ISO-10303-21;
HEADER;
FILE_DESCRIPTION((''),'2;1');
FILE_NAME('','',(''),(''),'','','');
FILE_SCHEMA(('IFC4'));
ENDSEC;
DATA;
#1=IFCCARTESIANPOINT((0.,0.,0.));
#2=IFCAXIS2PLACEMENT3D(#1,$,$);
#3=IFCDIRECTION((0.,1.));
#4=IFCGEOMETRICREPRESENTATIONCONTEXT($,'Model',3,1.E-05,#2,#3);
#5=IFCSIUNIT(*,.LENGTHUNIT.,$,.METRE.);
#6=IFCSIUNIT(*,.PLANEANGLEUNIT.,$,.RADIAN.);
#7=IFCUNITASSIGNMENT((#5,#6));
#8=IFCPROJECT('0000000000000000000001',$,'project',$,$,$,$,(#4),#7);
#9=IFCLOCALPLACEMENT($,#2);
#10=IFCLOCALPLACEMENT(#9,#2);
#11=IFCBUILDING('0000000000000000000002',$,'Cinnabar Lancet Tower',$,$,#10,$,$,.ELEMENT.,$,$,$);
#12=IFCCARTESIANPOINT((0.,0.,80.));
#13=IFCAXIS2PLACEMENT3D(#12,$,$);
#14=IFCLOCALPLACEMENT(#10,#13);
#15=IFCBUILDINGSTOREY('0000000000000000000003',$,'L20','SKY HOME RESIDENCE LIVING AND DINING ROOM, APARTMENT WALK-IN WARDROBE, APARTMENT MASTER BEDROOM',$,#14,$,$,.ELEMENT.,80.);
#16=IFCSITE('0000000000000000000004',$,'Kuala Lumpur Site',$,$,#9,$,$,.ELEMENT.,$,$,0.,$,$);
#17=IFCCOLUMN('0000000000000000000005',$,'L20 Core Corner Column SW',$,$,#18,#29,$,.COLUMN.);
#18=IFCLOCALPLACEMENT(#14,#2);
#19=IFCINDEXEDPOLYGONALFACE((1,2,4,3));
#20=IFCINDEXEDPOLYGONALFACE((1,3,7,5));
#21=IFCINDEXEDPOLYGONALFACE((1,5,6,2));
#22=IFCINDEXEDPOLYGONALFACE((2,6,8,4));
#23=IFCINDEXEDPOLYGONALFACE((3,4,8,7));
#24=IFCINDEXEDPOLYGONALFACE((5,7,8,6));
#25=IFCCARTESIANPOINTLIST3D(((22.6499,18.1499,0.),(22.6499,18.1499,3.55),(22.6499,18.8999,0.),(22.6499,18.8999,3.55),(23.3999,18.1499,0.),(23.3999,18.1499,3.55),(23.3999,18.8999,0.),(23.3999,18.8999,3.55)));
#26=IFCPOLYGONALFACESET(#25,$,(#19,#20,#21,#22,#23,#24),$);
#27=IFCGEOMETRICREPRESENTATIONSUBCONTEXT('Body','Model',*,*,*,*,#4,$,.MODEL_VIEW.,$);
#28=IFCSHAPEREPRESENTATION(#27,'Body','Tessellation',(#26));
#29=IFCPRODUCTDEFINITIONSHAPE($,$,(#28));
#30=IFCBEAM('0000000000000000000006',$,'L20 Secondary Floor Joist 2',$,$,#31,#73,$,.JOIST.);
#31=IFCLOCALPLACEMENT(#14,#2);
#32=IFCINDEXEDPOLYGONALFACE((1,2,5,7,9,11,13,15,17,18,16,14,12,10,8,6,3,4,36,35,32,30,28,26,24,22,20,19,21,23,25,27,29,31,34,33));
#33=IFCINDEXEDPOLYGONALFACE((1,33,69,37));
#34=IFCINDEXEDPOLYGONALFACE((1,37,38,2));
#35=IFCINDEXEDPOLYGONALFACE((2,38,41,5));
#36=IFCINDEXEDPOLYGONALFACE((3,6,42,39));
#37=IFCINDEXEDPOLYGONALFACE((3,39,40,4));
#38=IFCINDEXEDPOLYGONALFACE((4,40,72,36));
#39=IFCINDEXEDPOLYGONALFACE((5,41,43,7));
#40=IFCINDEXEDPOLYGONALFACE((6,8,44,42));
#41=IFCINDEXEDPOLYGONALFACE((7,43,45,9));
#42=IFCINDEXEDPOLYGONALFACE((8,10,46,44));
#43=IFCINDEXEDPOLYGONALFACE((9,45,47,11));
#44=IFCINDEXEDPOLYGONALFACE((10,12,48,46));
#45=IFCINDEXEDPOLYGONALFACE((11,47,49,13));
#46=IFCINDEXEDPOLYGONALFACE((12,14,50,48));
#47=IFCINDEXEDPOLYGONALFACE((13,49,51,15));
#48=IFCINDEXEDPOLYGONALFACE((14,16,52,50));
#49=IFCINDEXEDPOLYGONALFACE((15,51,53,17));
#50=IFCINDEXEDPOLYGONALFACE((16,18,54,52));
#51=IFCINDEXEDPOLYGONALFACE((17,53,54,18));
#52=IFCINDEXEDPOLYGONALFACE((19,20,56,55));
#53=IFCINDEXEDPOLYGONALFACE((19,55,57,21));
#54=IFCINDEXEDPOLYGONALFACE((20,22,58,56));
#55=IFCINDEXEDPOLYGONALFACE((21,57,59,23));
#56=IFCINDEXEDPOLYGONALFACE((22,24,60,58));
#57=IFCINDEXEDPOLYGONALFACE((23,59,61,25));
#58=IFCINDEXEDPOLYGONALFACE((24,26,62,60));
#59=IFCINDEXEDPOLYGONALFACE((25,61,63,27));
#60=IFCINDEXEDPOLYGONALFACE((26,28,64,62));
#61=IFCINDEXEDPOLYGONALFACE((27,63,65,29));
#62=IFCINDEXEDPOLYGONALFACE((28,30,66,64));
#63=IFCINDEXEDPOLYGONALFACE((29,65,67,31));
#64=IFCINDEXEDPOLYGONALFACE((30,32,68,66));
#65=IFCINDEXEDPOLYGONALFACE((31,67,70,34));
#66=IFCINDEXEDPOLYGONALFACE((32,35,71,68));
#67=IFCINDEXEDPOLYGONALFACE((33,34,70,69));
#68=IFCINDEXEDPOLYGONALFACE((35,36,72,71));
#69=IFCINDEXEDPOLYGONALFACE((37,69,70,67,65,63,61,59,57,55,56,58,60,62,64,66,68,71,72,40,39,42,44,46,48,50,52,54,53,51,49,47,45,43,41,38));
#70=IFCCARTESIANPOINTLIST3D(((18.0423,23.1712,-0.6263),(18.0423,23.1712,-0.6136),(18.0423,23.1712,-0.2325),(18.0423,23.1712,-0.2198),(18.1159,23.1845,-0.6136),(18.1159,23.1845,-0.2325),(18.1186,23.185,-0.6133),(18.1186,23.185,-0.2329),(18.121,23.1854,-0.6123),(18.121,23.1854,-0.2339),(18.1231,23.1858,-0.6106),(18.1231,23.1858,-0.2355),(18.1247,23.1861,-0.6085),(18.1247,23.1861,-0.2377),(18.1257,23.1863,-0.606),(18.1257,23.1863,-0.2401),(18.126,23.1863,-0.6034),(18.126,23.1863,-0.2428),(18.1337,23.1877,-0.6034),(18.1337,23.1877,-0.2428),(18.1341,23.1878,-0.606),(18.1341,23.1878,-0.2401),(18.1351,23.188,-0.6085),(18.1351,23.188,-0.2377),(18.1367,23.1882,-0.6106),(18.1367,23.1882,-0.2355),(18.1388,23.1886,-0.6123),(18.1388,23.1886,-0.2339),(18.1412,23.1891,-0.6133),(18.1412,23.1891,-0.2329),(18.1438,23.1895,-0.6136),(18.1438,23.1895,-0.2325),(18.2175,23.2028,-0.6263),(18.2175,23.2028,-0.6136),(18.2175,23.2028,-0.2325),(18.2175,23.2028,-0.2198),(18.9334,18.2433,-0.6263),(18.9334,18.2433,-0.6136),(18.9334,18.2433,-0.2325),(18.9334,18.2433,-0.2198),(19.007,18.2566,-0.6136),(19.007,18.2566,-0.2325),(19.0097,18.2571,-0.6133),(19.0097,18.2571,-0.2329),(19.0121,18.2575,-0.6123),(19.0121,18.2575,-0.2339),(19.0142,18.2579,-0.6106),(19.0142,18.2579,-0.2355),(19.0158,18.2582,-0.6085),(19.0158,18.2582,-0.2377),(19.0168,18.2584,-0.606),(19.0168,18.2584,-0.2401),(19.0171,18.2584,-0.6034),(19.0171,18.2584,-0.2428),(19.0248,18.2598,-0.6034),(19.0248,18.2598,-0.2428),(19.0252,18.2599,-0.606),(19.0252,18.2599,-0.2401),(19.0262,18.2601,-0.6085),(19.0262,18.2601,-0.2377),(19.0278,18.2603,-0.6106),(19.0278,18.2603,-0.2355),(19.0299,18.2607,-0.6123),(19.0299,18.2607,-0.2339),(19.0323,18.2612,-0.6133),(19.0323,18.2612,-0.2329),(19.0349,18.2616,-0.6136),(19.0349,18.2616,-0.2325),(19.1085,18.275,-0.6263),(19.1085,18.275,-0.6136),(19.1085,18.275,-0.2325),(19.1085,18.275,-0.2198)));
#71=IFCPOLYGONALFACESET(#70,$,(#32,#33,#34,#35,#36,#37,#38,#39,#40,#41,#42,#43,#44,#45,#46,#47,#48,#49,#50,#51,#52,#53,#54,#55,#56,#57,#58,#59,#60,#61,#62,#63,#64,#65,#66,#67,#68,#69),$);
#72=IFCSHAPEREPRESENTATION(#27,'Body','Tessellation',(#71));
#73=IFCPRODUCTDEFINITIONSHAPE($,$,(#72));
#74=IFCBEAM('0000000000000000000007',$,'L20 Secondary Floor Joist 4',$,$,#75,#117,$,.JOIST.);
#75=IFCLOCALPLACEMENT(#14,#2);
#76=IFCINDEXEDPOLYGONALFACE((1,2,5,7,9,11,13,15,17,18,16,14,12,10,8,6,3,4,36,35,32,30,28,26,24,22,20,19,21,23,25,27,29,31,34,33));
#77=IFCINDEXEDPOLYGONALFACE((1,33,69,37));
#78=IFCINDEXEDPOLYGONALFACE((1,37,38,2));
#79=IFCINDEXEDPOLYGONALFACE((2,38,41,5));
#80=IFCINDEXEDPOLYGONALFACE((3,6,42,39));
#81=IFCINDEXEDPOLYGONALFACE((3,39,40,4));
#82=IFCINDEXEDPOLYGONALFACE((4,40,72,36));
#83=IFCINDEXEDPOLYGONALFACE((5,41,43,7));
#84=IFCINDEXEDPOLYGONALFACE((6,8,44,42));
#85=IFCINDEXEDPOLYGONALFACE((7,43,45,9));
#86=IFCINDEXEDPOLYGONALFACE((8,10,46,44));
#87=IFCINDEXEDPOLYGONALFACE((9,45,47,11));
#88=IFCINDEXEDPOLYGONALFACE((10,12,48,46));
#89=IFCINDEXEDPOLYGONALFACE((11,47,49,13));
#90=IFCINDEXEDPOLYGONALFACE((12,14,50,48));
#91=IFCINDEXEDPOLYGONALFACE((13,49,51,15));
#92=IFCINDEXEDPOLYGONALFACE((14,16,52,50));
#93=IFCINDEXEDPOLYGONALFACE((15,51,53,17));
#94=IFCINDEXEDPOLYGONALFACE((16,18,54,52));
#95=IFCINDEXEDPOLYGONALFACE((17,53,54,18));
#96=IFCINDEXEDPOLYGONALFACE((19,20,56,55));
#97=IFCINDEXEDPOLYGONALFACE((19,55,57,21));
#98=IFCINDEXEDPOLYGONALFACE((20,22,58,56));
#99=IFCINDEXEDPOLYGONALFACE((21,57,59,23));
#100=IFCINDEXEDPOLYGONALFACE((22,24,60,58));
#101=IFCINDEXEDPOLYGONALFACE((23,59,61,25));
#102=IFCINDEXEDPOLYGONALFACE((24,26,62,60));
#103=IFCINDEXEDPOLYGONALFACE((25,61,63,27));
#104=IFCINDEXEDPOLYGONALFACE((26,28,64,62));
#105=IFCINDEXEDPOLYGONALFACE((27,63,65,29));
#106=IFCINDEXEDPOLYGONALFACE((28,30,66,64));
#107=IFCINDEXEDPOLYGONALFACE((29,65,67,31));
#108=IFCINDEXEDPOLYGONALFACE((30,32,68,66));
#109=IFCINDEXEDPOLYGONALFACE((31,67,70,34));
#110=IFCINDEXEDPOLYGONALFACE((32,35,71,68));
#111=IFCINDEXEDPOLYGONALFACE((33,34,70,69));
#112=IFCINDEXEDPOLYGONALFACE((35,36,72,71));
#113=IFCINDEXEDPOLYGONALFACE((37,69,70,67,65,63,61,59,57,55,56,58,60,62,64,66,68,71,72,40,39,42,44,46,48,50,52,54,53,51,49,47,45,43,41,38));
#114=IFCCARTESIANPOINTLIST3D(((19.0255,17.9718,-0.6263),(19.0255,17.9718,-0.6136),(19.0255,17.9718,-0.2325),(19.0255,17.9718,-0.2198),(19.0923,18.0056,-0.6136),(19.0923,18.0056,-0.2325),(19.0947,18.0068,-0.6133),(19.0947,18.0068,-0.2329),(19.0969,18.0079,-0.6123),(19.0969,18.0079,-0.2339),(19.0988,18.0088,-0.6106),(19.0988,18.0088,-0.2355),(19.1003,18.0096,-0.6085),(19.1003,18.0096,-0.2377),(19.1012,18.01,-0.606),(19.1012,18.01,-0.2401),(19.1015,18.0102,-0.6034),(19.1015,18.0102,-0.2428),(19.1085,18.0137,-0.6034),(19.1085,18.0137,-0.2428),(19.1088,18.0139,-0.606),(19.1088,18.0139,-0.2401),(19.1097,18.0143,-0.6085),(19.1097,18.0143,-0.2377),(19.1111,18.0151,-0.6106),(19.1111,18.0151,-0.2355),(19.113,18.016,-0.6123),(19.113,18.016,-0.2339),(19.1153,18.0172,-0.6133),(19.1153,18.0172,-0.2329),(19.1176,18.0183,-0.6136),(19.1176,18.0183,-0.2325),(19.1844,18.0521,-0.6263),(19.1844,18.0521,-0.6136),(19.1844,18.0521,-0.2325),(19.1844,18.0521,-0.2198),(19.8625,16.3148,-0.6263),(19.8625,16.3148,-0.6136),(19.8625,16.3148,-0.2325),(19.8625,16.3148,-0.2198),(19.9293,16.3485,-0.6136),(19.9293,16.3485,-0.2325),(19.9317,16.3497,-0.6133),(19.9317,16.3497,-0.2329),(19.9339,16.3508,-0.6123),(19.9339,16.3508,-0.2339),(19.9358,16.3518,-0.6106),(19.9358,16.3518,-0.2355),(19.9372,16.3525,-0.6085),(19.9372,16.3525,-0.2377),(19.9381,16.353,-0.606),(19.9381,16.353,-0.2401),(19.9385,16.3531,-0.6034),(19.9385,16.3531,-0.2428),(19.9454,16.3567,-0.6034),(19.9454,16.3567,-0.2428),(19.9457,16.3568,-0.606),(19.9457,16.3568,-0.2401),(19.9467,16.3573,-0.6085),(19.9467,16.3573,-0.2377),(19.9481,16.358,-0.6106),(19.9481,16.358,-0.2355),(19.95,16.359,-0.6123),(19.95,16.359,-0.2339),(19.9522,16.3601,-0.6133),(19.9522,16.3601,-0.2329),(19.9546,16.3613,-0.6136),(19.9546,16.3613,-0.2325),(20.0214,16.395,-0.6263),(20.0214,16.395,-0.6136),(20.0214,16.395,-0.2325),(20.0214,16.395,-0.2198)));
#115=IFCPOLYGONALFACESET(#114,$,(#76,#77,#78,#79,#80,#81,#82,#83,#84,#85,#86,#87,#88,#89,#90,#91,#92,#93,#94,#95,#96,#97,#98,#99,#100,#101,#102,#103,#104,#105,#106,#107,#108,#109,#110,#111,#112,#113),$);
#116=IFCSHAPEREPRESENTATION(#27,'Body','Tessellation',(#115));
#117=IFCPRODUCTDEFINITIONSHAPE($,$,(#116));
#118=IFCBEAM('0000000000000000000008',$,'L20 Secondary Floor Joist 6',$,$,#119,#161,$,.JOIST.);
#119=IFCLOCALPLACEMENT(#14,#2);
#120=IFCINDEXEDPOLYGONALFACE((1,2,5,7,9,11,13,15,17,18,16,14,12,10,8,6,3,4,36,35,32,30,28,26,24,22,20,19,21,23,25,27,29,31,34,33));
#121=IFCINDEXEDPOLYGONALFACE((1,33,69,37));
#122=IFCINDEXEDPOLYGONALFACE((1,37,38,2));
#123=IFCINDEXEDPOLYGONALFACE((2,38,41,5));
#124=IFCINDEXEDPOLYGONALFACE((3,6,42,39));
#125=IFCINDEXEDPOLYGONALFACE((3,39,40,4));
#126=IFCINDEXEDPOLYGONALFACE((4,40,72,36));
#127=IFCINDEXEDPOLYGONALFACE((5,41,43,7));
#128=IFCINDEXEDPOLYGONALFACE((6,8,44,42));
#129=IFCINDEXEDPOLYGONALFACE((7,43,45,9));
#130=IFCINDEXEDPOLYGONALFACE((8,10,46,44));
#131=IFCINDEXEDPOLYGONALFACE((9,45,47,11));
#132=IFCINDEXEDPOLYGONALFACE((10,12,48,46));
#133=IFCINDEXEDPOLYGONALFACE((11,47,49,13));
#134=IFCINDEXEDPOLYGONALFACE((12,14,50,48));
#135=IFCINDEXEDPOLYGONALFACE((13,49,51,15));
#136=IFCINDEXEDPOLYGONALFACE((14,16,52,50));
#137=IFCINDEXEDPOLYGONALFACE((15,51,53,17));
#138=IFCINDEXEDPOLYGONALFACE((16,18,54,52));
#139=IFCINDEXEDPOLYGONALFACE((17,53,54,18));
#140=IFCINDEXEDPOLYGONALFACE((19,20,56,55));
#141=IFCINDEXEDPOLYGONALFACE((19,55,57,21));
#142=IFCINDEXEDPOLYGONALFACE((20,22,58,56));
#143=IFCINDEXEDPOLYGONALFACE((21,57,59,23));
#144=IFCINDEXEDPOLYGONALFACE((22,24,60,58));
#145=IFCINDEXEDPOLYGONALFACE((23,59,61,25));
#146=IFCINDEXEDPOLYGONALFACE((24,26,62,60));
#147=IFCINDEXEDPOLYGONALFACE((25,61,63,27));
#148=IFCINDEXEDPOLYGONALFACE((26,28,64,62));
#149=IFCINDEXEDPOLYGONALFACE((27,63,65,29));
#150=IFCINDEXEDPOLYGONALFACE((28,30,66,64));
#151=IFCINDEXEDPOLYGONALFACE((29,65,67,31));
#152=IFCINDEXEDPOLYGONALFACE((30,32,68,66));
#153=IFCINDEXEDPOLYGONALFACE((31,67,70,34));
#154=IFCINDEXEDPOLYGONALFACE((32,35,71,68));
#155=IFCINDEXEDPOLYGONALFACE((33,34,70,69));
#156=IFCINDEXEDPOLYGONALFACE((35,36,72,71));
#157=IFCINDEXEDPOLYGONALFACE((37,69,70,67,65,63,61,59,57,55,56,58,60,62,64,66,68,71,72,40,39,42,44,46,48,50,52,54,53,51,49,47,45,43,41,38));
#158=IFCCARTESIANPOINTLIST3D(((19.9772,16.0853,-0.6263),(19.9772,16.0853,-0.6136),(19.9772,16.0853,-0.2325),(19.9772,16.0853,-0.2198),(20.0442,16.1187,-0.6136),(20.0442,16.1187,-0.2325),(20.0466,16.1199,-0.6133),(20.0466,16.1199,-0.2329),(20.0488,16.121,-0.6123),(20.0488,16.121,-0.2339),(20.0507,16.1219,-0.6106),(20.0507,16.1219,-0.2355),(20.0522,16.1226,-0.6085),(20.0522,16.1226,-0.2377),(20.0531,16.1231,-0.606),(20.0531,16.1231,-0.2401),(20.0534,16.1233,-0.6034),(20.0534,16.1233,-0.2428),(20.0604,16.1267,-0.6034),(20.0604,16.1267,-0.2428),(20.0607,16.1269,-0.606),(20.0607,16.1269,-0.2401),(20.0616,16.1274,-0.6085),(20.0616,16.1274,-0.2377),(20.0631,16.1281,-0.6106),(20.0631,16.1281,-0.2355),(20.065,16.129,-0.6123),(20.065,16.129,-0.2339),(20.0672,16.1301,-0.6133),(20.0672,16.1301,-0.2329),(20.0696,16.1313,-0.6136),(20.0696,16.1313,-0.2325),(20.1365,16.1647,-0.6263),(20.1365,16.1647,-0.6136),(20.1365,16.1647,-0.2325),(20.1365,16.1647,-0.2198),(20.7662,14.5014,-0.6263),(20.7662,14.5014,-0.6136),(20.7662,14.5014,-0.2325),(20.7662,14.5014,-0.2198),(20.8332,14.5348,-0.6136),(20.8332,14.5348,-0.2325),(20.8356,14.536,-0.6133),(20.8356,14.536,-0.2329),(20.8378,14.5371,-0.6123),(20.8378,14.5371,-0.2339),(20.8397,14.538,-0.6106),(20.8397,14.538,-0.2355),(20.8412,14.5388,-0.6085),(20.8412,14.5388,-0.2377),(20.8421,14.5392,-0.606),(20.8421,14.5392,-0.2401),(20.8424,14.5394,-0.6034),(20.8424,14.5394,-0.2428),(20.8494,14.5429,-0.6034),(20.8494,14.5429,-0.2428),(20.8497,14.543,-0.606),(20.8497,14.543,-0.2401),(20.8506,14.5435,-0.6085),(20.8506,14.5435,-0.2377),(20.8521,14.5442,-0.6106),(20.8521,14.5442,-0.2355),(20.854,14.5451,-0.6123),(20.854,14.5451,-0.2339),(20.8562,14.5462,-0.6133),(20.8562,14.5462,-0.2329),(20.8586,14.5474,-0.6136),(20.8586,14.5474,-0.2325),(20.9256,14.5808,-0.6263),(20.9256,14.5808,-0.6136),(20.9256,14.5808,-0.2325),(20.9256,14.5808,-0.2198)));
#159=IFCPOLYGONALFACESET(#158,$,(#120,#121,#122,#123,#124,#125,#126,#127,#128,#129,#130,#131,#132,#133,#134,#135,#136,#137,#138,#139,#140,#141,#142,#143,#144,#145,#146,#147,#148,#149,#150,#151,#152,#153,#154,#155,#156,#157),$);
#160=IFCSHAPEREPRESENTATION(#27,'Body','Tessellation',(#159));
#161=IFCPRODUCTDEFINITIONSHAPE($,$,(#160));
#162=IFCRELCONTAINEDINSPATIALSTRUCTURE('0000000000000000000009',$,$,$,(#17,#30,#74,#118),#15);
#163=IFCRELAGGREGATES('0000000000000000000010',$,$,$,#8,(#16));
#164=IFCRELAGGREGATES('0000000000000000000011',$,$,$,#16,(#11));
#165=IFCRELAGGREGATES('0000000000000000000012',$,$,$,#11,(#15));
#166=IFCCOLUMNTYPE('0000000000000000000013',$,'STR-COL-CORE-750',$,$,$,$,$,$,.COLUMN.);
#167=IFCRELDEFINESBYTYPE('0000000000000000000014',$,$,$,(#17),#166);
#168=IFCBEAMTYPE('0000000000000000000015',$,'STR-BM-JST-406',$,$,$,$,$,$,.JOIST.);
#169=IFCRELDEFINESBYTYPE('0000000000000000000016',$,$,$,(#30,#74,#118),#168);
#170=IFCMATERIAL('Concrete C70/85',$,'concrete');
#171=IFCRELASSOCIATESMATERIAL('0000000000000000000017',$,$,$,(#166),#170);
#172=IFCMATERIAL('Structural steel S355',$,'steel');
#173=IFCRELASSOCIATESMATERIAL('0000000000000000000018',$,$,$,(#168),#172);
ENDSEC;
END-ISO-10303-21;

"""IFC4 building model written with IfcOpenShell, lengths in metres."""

from ifc_helpers import new_model, si_unit, direction, frame, origin, origin_2d, place, context, subcontext, project, spatial, rectangle, i_section, extrude, material, material_profile, profile_set, type_object, element, save


model = new_model("IFC4")

# Units and contexts
model_context = context("Model", 3, precision=1e-05, world=origin(), true_north=direction((0.0, 1.0)))
body_context = subcontext(model_context, "Body", "Model", "MODEL_VIEW")
ifc_project = project(units=[si_unit("LENGTHUNIT", "METRE"), si_unit("PLANEANGLEUNIT", "RADIAN")], contexts=[model_context])

# Site, building, storey
site_placement = place(None, origin())
site = spatial("IfcSite", under=ifc_project, at=site_placement, Name="Kuala Lumpur Site", CompositionType="ELEMENT", RefElevation=0.0)
building_placement = place(site_placement, origin())
building = spatial("IfcBuilding", under=site, at=building_placement, Name="Cinnabar Lancet Tower", CompositionType="ELEMENT")
storey_placement = place(building_placement, frame((0.0, 0.0, 80.0)))
storey = spatial("IfcBuildingStorey", under=building, at=storey_placement, Name="L20", Description="SKY HOME RESIDENCE LIVING AND DINING ROOM, APARTMENT WALK-IN WARDROBE, APARTMENT MASTER BEDROOM", CompositionType="ELEMENT", Elevation=80.0)

# Column
ifc_material_1 = material(Name="Concrete C70/85", Category="concrete")
ifc_material_profile_1 = material_profile(ifc_material_1, rectangle(XDim=0.75, YDim=0.75, at=origin_2d()), Name="RC-COL 750x750")
ifc_profile_set_1 = profile_set([ifc_material_profile_1], Name="Concrete C70/85")
column_type = type_object("IfcColumnType", Name="STR-COL-CORE-750", PredefinedType="COLUMN", material=ifc_profile_set_1)
column_placement = place(storey_placement, frame((23.0249, 18.5249, 0.0), z_axis=(0.0, 0.0, 1.0), x_axis=(1.0, 0.0, 0.0)))
element("IfcColumn", 1, at=column_placement, inside=storey, type_object=column_type, Name="L20 Core Corner Column SW", PredefinedType="COLUMN", context=body_context, shape_type="SweptSolid", body=[
    extrude(rectangle(XDim=0.75, YDim=0.75, at=origin_2d()), origin(), (0.0, 0.0, 1.0), 3.55),
])

# Beams
ifc_material_2 = material(Name="Structural steel S355", Category="steel")
ifc_material_profile_2 = material_profile(ifc_material_2, i_section(OverallWidth=0.178, OverallDepth=0.4065, WebThickness=0.0078, FlangeThickness=0.0127, FilletRadius=0.0103, at=origin_2d()), Name="UKB 406x178x60")
ifc_profile_set_2 = profile_set([ifc_material_profile_2], Name="Structural steel S355")
beam_type = type_object("IfcBeamType", Name="STR-BM-JST-406", PredefinedType="JOIST", material=ifc_profile_set_2)
beam_1_placement = place(storey_placement, frame((18.1299, 23.187, -0.4231), z_axis=(0.177942, -0.984041, 0.0), x_axis=(0.984041, 0.177942, 0.0)))
element("IfcBeam", 2, at=beam_1_placement, inside=storey, type_object=beam_type, Name="L20 Secondary Floor Joist 2", PredefinedType="JOIST", context=body_context, shape_type="SweptSolid", body=[
    extrude(i_section(OverallWidth=0.178, OverallDepth=0.4065, WebThickness=0.0078, FlangeThickness=0.0127, FilletRadius=0.0103, at=origin_2d()), origin(), (0.0, 0.0, 1.0), 5.0078),
])
beam_2_placement = place(storey_placement, frame((19.105, 18.012, -0.4231), z_axis=(0.45084, -0.892605, 0.0), x_axis=(0.892605, 0.45084, 0.0)))
element("IfcBeam", 3, at=beam_2_placement, inside=storey, type_object=beam_type, Name="L20 Secondary Floor Joist 4", PredefinedType="JOIST", context=body_context, shape_type="SweptSolid", body=[
    extrude(i_section(OverallWidth=0.178, OverallDepth=0.4065, WebThickness=0.0078, FlangeThickness=0.0127, FilletRadius=0.0103, at=origin_2d()), origin(), (0.0, 0.0, 1.0), 1.8564),
])
beam_3_placement = place(storey_placement, frame((20.0569, 16.125, -0.4231), z_axis=(0.445889, -0.895088, 0.0), x_axis=(0.895088, 0.445889, 0.0)))
element("IfcBeam", 4, at=beam_3_placement, inside=storey, type_object=beam_type, Name="L20 Secondary Floor Joist 6", PredefinedType="JOIST", context=body_context, shape_type="SweptSolid", body=[
    extrude(i_section(OverallWidth=0.178, OverallDepth=0.4065, WebThickness=0.0078, FlangeThickness=0.0127, FilletRadius=0.0103, at=origin_2d()), origin(), (0.0, 0.0, 1.0), 1.7695),
])

save(model, "model.ifc")
